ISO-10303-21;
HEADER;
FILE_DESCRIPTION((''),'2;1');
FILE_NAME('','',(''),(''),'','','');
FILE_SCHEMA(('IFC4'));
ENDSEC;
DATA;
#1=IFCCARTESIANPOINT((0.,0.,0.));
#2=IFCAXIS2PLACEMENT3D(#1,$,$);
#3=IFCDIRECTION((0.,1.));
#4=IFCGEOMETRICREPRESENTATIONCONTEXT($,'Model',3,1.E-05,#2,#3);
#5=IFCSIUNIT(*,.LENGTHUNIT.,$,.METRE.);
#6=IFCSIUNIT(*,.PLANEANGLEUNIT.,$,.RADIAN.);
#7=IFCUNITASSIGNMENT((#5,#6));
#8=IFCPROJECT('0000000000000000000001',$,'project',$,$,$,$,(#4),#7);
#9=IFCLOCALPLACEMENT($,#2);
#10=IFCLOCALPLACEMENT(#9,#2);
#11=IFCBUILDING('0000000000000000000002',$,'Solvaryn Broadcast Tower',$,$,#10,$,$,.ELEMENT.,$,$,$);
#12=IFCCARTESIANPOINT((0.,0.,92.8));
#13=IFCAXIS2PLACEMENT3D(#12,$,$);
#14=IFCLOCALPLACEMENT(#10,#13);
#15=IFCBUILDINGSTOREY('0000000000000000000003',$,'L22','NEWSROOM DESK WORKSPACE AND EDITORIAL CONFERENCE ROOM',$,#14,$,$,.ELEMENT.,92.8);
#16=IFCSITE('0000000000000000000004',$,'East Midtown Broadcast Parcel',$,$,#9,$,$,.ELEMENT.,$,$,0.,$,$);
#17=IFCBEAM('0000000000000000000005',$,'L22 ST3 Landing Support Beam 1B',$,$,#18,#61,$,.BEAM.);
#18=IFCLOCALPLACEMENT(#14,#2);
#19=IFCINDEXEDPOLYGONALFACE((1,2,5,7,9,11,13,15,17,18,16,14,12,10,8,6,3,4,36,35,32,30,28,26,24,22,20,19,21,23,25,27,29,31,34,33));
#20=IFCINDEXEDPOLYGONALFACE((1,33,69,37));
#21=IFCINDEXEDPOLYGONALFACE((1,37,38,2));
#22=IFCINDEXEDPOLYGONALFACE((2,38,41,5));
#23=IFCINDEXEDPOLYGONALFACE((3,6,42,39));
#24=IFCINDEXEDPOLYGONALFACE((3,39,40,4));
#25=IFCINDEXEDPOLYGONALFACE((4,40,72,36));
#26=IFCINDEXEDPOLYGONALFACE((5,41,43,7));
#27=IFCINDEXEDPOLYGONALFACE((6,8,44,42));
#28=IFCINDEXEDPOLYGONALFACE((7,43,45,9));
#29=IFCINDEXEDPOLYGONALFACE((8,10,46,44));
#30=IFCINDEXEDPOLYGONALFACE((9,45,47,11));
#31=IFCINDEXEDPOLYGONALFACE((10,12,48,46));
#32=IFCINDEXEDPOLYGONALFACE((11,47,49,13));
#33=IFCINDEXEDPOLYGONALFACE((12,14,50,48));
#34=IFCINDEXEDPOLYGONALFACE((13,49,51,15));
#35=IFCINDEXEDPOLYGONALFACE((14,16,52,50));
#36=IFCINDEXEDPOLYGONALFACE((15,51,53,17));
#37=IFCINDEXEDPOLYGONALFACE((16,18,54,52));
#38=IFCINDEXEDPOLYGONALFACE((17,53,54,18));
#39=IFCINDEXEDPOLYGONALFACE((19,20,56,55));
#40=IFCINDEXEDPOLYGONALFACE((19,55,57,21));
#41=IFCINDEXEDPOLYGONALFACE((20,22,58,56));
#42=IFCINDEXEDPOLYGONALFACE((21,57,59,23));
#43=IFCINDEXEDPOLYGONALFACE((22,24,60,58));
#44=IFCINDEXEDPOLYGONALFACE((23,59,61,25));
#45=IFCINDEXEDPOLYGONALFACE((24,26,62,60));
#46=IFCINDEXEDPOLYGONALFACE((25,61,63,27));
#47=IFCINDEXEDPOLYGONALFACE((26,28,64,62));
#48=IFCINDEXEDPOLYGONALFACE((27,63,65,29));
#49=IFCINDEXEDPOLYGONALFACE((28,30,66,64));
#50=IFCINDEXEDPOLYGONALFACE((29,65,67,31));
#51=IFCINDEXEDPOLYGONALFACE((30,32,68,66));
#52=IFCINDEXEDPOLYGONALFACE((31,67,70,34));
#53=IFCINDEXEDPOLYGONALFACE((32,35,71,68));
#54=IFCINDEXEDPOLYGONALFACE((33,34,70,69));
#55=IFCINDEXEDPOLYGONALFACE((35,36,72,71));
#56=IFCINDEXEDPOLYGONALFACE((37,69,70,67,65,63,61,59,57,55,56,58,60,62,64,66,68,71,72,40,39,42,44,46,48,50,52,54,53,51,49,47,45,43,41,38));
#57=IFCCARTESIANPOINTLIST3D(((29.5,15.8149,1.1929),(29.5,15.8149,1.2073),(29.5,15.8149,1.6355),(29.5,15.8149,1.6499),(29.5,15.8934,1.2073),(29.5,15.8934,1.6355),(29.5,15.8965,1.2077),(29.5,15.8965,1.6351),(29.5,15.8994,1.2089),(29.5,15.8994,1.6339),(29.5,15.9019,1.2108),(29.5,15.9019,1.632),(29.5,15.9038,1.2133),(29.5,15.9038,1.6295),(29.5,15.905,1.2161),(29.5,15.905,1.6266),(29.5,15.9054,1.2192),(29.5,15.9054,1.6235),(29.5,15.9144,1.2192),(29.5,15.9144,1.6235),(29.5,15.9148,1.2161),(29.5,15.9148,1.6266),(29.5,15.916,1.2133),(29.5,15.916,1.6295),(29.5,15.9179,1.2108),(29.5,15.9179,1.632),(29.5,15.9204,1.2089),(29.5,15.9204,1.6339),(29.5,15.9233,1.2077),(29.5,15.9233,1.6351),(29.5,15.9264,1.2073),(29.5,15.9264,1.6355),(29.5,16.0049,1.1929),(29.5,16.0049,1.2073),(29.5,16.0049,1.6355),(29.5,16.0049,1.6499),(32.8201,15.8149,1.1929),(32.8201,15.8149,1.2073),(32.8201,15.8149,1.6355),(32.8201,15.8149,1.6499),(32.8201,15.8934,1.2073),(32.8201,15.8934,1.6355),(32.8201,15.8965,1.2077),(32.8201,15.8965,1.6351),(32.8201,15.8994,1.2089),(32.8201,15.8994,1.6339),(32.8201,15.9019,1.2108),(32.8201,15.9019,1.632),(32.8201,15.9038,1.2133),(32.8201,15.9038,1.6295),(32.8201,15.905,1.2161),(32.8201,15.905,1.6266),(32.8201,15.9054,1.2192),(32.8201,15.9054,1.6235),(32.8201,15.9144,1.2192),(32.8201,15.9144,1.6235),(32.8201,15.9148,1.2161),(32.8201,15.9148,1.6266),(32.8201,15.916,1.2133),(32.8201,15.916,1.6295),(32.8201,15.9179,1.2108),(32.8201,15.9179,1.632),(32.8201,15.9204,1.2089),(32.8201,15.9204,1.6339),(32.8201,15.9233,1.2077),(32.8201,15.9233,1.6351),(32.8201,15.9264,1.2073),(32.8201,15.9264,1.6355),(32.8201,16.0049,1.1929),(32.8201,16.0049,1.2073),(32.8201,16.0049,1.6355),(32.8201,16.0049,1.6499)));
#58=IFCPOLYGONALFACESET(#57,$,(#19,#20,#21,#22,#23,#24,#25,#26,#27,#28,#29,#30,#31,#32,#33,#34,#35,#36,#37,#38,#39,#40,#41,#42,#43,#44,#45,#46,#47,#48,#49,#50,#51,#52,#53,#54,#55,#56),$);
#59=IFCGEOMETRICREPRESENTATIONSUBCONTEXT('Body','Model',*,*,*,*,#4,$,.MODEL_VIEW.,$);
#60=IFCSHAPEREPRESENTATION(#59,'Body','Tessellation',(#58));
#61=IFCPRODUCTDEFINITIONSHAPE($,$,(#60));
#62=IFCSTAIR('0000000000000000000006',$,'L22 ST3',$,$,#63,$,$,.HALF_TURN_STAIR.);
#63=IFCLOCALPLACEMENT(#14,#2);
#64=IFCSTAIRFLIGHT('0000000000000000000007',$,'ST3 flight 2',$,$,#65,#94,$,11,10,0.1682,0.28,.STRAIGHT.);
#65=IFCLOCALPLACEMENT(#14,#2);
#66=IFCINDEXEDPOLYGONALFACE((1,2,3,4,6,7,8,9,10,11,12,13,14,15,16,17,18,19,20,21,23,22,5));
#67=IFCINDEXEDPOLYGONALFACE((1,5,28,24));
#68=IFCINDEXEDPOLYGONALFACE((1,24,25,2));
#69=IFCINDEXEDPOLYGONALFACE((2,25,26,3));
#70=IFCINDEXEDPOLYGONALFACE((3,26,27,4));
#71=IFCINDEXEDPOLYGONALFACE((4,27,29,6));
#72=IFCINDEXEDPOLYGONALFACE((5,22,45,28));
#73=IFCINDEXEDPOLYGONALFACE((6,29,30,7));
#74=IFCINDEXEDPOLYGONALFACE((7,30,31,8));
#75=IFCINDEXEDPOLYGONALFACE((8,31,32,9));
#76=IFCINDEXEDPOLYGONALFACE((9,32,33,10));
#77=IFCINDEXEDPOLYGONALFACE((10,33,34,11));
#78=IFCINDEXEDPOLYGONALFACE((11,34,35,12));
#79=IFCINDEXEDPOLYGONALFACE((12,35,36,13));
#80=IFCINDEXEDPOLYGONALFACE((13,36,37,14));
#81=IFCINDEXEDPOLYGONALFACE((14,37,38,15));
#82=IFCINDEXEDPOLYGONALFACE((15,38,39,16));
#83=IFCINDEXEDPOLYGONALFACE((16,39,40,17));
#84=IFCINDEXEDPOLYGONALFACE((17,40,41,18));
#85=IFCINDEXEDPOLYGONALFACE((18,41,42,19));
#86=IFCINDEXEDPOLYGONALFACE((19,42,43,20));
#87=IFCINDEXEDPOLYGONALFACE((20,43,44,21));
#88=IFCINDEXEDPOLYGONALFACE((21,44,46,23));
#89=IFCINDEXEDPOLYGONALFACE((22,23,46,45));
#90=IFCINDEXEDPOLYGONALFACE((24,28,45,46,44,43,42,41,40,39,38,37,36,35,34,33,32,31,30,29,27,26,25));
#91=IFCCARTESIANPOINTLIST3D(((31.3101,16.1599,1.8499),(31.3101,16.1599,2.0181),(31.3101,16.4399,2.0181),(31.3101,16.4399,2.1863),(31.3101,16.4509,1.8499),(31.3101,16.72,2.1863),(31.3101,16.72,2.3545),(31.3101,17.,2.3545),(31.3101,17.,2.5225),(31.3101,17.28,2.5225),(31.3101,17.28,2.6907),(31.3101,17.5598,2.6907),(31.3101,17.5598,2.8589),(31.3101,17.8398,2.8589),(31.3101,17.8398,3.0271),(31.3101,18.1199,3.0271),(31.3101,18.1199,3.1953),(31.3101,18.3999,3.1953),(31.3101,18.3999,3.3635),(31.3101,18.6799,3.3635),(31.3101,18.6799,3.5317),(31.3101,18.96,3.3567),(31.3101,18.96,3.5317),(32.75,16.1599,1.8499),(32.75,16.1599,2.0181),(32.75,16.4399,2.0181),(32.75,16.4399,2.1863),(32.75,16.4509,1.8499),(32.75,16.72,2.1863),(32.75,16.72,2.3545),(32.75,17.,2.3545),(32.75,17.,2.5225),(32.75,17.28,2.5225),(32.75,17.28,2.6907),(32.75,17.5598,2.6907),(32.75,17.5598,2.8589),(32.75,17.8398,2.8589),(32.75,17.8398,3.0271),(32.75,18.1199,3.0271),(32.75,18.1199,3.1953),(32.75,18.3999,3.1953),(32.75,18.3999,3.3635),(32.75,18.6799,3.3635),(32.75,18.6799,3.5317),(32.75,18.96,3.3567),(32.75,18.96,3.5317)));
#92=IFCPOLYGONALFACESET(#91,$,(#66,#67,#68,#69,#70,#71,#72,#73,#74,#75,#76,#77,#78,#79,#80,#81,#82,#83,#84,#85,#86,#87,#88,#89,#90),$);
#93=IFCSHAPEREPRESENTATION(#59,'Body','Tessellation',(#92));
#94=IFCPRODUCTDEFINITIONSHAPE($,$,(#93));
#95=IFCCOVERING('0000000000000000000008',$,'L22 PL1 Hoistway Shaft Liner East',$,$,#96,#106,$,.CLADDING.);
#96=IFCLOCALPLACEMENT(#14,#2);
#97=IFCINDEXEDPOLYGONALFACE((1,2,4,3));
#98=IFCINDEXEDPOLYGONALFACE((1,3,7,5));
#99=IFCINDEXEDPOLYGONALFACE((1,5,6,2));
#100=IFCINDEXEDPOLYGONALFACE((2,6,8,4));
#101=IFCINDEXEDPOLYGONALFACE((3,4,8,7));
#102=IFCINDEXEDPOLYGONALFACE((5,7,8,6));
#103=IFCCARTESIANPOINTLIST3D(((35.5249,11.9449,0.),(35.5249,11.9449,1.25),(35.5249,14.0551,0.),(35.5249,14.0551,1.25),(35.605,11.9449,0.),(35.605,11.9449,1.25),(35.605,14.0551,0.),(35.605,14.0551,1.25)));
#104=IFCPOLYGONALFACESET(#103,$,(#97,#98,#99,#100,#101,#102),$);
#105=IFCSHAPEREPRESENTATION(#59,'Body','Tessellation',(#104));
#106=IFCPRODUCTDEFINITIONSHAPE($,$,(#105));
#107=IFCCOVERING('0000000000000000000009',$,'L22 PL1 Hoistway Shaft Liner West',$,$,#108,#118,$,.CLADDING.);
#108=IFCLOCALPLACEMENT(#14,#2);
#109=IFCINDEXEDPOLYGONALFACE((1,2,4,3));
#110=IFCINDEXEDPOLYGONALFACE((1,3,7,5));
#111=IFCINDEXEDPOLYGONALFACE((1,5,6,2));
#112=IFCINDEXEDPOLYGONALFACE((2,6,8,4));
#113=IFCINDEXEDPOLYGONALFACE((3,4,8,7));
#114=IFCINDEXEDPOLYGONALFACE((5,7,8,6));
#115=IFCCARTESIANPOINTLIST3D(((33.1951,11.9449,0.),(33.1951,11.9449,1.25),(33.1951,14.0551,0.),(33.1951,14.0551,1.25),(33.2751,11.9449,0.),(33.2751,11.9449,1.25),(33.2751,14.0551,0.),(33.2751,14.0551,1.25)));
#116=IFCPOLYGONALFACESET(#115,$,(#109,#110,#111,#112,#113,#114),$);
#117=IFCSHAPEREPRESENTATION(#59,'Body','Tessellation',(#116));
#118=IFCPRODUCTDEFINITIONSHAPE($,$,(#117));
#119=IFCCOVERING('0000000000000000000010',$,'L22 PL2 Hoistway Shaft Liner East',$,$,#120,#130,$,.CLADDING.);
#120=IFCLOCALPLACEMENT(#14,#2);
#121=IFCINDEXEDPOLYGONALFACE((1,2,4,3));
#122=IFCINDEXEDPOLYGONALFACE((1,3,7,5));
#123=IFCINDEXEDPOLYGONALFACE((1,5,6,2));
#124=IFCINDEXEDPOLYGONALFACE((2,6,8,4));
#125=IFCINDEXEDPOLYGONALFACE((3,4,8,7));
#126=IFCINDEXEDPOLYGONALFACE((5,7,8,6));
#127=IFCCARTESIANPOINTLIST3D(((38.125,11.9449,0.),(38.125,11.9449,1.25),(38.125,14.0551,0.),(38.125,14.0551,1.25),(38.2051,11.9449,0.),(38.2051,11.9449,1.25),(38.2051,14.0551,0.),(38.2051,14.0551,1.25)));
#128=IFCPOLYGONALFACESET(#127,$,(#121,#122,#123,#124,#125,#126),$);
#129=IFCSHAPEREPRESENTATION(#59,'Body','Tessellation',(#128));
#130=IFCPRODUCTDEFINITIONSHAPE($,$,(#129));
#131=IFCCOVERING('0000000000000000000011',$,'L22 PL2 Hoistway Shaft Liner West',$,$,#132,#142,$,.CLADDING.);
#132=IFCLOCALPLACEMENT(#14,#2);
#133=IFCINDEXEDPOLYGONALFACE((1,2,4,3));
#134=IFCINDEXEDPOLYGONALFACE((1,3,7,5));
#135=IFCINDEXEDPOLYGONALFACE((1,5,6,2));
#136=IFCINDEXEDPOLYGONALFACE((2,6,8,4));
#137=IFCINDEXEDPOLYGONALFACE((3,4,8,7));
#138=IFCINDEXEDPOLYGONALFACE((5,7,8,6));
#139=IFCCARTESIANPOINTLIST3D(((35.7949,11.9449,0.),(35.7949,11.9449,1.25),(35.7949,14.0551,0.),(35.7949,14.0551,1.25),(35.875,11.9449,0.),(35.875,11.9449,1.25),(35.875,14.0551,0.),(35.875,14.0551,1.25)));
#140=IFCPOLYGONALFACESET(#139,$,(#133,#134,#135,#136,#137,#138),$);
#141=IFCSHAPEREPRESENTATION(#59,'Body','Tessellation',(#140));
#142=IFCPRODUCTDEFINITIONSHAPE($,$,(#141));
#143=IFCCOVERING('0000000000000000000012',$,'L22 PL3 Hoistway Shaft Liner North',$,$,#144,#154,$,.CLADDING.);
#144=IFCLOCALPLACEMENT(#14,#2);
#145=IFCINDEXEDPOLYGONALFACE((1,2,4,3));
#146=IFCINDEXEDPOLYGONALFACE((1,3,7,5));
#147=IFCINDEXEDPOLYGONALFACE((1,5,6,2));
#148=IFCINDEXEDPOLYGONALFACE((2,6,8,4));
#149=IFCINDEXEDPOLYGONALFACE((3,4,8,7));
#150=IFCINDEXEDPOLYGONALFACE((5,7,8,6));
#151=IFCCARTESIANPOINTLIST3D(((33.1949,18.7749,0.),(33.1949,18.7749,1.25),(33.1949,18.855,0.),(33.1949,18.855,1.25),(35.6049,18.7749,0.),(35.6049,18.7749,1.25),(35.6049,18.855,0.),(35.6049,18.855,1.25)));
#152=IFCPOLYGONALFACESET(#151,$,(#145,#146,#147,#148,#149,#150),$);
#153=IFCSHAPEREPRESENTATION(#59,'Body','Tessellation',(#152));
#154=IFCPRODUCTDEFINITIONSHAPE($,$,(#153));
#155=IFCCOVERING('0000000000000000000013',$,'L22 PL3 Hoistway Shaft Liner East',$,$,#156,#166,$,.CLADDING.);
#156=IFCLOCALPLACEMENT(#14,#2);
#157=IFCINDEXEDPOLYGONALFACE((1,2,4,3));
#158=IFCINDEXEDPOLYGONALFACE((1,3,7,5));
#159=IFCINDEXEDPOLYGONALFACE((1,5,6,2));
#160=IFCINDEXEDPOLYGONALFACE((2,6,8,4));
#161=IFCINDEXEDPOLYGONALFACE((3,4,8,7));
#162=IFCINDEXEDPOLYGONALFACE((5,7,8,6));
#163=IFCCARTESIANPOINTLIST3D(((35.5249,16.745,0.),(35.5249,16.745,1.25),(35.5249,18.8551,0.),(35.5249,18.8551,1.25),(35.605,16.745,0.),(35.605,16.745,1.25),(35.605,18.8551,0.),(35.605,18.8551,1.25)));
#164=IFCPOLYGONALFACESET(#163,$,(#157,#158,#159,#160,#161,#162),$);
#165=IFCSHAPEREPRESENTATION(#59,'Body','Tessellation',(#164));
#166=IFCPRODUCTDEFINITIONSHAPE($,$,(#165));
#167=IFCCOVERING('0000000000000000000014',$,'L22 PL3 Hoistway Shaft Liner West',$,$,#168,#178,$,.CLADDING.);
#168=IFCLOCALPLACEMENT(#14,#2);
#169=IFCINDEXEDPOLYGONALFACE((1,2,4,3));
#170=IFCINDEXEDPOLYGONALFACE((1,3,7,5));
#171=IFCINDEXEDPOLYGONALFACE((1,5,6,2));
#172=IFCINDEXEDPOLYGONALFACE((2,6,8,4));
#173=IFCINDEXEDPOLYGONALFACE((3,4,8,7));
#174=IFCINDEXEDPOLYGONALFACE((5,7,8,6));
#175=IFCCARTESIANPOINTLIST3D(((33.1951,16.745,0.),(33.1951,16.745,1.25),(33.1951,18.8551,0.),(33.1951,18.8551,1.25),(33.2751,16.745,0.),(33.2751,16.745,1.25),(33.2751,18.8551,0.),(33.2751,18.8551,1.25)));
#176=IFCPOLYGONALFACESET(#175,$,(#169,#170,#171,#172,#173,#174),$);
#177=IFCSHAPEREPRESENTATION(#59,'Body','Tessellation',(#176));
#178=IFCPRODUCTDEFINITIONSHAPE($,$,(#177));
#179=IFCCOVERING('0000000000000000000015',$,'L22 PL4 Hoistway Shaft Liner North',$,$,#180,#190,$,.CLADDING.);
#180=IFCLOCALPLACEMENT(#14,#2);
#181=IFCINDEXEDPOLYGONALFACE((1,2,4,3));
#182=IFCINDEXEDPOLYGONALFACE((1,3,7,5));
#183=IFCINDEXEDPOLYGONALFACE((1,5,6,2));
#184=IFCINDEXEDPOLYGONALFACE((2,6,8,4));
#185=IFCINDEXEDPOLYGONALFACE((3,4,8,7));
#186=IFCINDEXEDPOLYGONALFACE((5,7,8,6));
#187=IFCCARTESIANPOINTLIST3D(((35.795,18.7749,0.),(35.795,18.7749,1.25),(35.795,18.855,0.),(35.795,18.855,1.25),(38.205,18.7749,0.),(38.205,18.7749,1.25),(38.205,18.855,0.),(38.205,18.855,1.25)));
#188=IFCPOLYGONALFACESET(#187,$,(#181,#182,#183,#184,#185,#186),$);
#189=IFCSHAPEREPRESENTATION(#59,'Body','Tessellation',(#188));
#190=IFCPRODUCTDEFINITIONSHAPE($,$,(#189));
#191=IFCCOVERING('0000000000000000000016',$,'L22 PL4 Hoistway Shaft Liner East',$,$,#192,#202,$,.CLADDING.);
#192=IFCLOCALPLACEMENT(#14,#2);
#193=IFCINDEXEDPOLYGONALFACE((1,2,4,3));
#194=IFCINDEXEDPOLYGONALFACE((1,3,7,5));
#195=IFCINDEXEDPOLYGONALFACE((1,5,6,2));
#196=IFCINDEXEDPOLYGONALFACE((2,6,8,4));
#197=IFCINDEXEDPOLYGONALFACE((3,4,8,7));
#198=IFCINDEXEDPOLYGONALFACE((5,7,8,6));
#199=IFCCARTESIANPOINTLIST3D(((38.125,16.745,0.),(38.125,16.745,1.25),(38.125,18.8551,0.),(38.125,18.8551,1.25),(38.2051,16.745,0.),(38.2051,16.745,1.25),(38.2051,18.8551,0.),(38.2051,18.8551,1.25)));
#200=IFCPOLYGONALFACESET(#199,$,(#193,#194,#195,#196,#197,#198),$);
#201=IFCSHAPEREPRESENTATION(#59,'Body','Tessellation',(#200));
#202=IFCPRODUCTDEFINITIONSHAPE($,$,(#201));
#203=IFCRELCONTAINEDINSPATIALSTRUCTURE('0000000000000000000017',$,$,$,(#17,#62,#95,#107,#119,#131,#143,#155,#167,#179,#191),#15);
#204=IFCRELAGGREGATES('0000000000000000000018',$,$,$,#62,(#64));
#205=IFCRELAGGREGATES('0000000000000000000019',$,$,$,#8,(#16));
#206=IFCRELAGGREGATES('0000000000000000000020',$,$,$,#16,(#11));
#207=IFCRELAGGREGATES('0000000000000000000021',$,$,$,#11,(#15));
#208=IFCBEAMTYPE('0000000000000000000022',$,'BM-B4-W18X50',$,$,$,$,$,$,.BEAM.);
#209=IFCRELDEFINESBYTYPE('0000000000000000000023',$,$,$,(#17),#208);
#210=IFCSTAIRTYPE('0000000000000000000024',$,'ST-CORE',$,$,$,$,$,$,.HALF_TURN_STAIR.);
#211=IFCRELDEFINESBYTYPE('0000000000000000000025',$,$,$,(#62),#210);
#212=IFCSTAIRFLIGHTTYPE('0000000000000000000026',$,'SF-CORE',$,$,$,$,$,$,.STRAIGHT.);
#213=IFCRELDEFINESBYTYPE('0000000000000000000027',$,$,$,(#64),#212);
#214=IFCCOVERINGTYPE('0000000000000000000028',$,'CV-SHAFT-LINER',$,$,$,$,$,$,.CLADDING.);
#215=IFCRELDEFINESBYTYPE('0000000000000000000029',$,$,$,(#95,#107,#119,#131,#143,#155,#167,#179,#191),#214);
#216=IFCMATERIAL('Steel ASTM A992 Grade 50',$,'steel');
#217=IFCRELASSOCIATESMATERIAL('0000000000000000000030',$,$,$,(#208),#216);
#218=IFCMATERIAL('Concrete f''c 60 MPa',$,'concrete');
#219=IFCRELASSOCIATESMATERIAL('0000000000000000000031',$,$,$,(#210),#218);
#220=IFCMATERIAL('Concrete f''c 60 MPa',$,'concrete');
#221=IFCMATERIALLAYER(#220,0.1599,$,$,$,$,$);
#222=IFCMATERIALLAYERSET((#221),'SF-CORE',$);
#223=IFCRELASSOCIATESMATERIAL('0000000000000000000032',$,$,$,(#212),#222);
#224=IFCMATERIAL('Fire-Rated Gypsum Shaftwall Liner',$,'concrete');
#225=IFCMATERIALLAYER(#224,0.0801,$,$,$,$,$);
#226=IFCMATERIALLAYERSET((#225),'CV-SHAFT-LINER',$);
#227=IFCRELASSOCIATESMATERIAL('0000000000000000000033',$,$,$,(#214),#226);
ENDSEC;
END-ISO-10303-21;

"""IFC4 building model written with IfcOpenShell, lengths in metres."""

from ifc_helpers import new_model, si_unit, direction, frame, origin, origin_2d, place, context, subcontext, project, spatial, polyline, rectangle, i_section, outline, extrude, material, layer, layer_set, material_profile, profile_set, type_object, element, aggregate, save


model = new_model("IFC4")

# Units and contexts
model_context = context("Model", 3, precision=1e-05, world=origin(), true_north=direction((0.0, 1.0)))
body_context = subcontext(model_context, "Body", "Model", "MODEL_VIEW")
ifc_project = project(units=[si_unit("LENGTHUNIT", "METRE"), si_unit("PLANEANGLEUNIT", "RADIAN")], contexts=[model_context])

# Site, building, storey
site_placement = place(None, origin())
site = spatial("IfcSite", under=ifc_project, at=site_placement, Name="East Midtown Broadcast Parcel", CompositionType="ELEMENT", RefElevation=0.0)
building_placement = place(site_placement, origin())
building = spatial("IfcBuilding", under=site, at=building_placement, Name="Solvaryn Broadcast Tower", CompositionType="ELEMENT")
storey_placement = place(building_placement, frame((0.0, 0.0, 92.8)))
storey = spatial("IfcBuildingStorey", under=building, at=storey_placement, Name="L22", Description="NEWSROOM DESK WORKSPACE AND EDITORIAL CONFERENCE ROOM", CompositionType="ELEMENT", Elevation=92.8)

# Beam
ifc_material_1 = material(Name="Steel ASTM A992 Grade 50", Category="steel")
ifc_material_profile_1 = material_profile(ifc_material_1, i_section(OverallWidth=0.1899, OverallDepth=0.457, WebThickness=0.009, FlangeThickness=0.0144, FilletRadius=0.012, at=origin_2d()))
ifc_profile_set_1 = profile_set([ifc_material_profile_1], Name="Steel ASTM A992 Grade 50")
beam_type_1 = type_object("IfcBeamType", Name="BM-B4-W18X50", PredefinedType="BEAM", material=ifc_profile_set_1)
beam_1_placement = place(storey_placement, frame((29.5, 15.9099, 1.4214), z_axis=(1.0, 0.0, 0.0), x_axis=(0.0, 1.0, 0.0)))
element("IfcBeam", 1, at=beam_1_placement, inside=storey, type_object=beam_type_1, Name="L22 ST3 Landing Support Beam 1B", PredefinedType="BEAM", context=body_context, shape_type="SweptSolid", body=[
    extrude(i_section(OverallWidth=0.1899, OverallDepth=0.457, WebThickness=0.009, FlangeThickness=0.0144, FilletRadius=0.012, at=origin_2d()), origin(), (0.0, 0.0, 1.0), 3.3201),
])

# Stair, stair flight
ifc_material_2 = material(Name="Concrete f'c 60 MPa", Category="concrete")
stair_type = type_object("IfcStairType", Name="ST-CORE", PredefinedType="HALF_TURN_STAIR", material=ifc_material_2)
stair_placement = place(storey_placement, origin())
stair = element("IfcStair", 2, at=stair_placement, inside=storey, type_object=stair_type, Name="L22 ST3", PredefinedType="HALF_TURN_STAIR")
ifc_material_3 = material(Name="Concrete f'c 60 MPa", Category="concrete")
ifc_layer_1 = layer(ifc_material_3, 0.1599)
ifc_layer_set_1 = layer_set([ifc_layer_1], Name="SF-CORE")
stair_flight_type = type_object("IfcStairFlightType", Name="SF-CORE", PredefinedType="STRAIGHT", material=ifc_layer_set_1)
stair_flight_placement = place(storey_placement, frame((32.03, 16.1599, 1.8499), z_axis=(0.0, 0.0, 1.0), x_axis=(0.0, 1.0, 0.0)))
stair_flight = element("IfcStairFlight", 3, at=stair_flight_placement, type_object=stair_flight_type, Name="ST3 flight 2", NumberOfRisers=11, NumberOfTreads=10, PredefinedType="STRAIGHT", RiserHeight=0.1682, TreadLength=0.28, context=body_context, shape_type="SweptSolid", body=[
    extrude(outline(polyline([(0.0, 0.0), (0.0, 0.1682), (0.28, 0.1682), (0.28, 0.3364), (0.5601, 0.3364), (0.5601, 0.5046), (0.8401, 0.5046), (0.8401, 0.6726), (1.1201, 0.6726), (1.1201, 0.8408), (1.3999, 0.8408), (1.3999, 1.009), (1.6799, 1.009), (1.6799, 1.1772), (1.96, 1.1772), (1.96, 1.3455), (2.24, 1.3455), (2.24, 1.5137), (2.52, 1.5137), (2.52, 1.6819), (2.8, 1.6819), (2.8, 1.8501), (2.8, 1.5068), (0.291, 0.0), (0.0, 0.0)])), frame((0.0, 0.72, 0.0), z_axis=(0.0, -1.0, 0.0), x_axis=(1.0, 0.0, 0.0)), (0.0, 0.0, 1.0), 1.4399),
])
aggregate(stair, [stair_flight])

# Coverings
ifc_material_4 = material(Name="Fire-Rated Gypsum Shaftwall Liner", Category="concrete")
ifc_layer_2 = layer(ifc_material_4, 0.0801)
ifc_layer_set_2 = layer_set([ifc_layer_2], Name="CV-SHAFT-LINER")
covering_type = type_object("IfcCoveringType", Name="CV-SHAFT-LINER", PredefinedType="CLADDING", material=ifc_layer_set_2)
for number, where, z_axis, x_axis, name in (
    (4, (35.5649, 13.0, 0.0), (0.0, 0.0, 1.0), (1.0, 0.0, 0.0), "L22 PL1 Hoistway Shaft Liner East"),
    (5, (33.2351, 13.0, 0.0), (0.0, 0.0, 1.0), (1.0, 0.0, 0.0), "L22 PL1 Hoistway Shaft Liner West"),
    (6, (38.165, 13.0, 0.0), (0.0, 0.0, 1.0), (1.0, 0.0, 0.0), "L22 PL2 Hoistway Shaft Liner East"),
    (7, (35.835, 13.0, 0.0), (0.0, 0.0, 1.0), (1.0, 0.0, 0.0), "L22 PL2 Hoistway Shaft Liner West"),
):
    element("IfcCovering", number, at=place(storey_placement, frame(where, z_axis=z_axis, x_axis=x_axis)), inside=storey, type_object=covering_type, Name=name, PredefinedType="CLADDING", context=body_context, shape_type="SweptSolid", body=[
        extrude(rectangle(XDim=0.0801, YDim=2.1101, at=origin_2d()), origin(), (0.0, 0.0, 1.0), 1.25),
    ])
covering_1_placement = place(storey_placement, frame((34.3999, 18.8149, 0.0), z_axis=(0.0, 0.0, 1.0), x_axis=(1.0, 0.0, 0.0)))
element("IfcCovering", 8, at=covering_1_placement, inside=storey, type_object=covering_type, Name="L22 PL3 Hoistway Shaft Liner North", PredefinedType="CLADDING", context=body_context, shape_type="SweptSolid", body=[
    extrude(rectangle(XDim=2.4099, YDim=0.0801, at=origin_2d()), origin(), (0.0, 0.0, 1.0), 1.25),
])
for number, where, z_axis, x_axis, name in (
    (9, (35.5649, 17.8, 0.0), (0.0, 0.0, 1.0), (1.0, 0.0, 0.0), "L22 PL3 Hoistway Shaft Liner East"),
    (10, (33.2351, 17.8, 0.0), (0.0, 0.0, 1.0), (1.0, 0.0, 0.0), "L22 PL3 Hoistway Shaft Liner West"),
):
    element("IfcCovering", number, at=place(storey_placement, frame(where, z_axis=z_axis, x_axis=x_axis)), inside=storey, type_object=covering_type, Name=name, PredefinedType="CLADDING", context=body_context, shape_type="SweptSolid", body=[
        extrude(rectangle(XDim=0.0801, YDim=2.1101, at=origin_2d()), origin(), (0.0, 0.0, 1.0), 1.25),
    ])
covering_2_placement = place(storey_placement, frame((37.0, 18.8149, 0.0), z_axis=(0.0, 0.0, 1.0), x_axis=(1.0, 0.0, 0.0)))
element("IfcCovering", 11, at=covering_2_placement, inside=storey, type_object=covering_type, Name="L22 PL4 Hoistway Shaft Liner North", PredefinedType="CLADDING", context=body_context, shape_type="SweptSolid", body=[
    extrude(rectangle(XDim=2.4099, YDim=0.0801, at=origin_2d()), origin(), (0.0, 0.0, 1.0), 1.25),
])
for number, where, z_axis, x_axis, name in (
    (12, (38.165, 17.8, 0.0), (0.0, 0.0, 1.0), (1.0, 0.0, 0.0), "L22 PL4 Hoistway Shaft Liner East"),
):
    element("IfcCovering", number, at=place(storey_placement, frame(where, z_axis=z_axis, x_axis=x_axis)), inside=storey, type_object=covering_type, Name=name, PredefinedType="CLADDING", context=body_context, shape_type="SweptSolid", body=[
        extrude(rectangle(XDim=0.0801, YDim=2.1101, at=origin_2d()), origin(), (0.0, 0.0, 1.0), 1.25),
    ])

save(model, "model.ifc")
